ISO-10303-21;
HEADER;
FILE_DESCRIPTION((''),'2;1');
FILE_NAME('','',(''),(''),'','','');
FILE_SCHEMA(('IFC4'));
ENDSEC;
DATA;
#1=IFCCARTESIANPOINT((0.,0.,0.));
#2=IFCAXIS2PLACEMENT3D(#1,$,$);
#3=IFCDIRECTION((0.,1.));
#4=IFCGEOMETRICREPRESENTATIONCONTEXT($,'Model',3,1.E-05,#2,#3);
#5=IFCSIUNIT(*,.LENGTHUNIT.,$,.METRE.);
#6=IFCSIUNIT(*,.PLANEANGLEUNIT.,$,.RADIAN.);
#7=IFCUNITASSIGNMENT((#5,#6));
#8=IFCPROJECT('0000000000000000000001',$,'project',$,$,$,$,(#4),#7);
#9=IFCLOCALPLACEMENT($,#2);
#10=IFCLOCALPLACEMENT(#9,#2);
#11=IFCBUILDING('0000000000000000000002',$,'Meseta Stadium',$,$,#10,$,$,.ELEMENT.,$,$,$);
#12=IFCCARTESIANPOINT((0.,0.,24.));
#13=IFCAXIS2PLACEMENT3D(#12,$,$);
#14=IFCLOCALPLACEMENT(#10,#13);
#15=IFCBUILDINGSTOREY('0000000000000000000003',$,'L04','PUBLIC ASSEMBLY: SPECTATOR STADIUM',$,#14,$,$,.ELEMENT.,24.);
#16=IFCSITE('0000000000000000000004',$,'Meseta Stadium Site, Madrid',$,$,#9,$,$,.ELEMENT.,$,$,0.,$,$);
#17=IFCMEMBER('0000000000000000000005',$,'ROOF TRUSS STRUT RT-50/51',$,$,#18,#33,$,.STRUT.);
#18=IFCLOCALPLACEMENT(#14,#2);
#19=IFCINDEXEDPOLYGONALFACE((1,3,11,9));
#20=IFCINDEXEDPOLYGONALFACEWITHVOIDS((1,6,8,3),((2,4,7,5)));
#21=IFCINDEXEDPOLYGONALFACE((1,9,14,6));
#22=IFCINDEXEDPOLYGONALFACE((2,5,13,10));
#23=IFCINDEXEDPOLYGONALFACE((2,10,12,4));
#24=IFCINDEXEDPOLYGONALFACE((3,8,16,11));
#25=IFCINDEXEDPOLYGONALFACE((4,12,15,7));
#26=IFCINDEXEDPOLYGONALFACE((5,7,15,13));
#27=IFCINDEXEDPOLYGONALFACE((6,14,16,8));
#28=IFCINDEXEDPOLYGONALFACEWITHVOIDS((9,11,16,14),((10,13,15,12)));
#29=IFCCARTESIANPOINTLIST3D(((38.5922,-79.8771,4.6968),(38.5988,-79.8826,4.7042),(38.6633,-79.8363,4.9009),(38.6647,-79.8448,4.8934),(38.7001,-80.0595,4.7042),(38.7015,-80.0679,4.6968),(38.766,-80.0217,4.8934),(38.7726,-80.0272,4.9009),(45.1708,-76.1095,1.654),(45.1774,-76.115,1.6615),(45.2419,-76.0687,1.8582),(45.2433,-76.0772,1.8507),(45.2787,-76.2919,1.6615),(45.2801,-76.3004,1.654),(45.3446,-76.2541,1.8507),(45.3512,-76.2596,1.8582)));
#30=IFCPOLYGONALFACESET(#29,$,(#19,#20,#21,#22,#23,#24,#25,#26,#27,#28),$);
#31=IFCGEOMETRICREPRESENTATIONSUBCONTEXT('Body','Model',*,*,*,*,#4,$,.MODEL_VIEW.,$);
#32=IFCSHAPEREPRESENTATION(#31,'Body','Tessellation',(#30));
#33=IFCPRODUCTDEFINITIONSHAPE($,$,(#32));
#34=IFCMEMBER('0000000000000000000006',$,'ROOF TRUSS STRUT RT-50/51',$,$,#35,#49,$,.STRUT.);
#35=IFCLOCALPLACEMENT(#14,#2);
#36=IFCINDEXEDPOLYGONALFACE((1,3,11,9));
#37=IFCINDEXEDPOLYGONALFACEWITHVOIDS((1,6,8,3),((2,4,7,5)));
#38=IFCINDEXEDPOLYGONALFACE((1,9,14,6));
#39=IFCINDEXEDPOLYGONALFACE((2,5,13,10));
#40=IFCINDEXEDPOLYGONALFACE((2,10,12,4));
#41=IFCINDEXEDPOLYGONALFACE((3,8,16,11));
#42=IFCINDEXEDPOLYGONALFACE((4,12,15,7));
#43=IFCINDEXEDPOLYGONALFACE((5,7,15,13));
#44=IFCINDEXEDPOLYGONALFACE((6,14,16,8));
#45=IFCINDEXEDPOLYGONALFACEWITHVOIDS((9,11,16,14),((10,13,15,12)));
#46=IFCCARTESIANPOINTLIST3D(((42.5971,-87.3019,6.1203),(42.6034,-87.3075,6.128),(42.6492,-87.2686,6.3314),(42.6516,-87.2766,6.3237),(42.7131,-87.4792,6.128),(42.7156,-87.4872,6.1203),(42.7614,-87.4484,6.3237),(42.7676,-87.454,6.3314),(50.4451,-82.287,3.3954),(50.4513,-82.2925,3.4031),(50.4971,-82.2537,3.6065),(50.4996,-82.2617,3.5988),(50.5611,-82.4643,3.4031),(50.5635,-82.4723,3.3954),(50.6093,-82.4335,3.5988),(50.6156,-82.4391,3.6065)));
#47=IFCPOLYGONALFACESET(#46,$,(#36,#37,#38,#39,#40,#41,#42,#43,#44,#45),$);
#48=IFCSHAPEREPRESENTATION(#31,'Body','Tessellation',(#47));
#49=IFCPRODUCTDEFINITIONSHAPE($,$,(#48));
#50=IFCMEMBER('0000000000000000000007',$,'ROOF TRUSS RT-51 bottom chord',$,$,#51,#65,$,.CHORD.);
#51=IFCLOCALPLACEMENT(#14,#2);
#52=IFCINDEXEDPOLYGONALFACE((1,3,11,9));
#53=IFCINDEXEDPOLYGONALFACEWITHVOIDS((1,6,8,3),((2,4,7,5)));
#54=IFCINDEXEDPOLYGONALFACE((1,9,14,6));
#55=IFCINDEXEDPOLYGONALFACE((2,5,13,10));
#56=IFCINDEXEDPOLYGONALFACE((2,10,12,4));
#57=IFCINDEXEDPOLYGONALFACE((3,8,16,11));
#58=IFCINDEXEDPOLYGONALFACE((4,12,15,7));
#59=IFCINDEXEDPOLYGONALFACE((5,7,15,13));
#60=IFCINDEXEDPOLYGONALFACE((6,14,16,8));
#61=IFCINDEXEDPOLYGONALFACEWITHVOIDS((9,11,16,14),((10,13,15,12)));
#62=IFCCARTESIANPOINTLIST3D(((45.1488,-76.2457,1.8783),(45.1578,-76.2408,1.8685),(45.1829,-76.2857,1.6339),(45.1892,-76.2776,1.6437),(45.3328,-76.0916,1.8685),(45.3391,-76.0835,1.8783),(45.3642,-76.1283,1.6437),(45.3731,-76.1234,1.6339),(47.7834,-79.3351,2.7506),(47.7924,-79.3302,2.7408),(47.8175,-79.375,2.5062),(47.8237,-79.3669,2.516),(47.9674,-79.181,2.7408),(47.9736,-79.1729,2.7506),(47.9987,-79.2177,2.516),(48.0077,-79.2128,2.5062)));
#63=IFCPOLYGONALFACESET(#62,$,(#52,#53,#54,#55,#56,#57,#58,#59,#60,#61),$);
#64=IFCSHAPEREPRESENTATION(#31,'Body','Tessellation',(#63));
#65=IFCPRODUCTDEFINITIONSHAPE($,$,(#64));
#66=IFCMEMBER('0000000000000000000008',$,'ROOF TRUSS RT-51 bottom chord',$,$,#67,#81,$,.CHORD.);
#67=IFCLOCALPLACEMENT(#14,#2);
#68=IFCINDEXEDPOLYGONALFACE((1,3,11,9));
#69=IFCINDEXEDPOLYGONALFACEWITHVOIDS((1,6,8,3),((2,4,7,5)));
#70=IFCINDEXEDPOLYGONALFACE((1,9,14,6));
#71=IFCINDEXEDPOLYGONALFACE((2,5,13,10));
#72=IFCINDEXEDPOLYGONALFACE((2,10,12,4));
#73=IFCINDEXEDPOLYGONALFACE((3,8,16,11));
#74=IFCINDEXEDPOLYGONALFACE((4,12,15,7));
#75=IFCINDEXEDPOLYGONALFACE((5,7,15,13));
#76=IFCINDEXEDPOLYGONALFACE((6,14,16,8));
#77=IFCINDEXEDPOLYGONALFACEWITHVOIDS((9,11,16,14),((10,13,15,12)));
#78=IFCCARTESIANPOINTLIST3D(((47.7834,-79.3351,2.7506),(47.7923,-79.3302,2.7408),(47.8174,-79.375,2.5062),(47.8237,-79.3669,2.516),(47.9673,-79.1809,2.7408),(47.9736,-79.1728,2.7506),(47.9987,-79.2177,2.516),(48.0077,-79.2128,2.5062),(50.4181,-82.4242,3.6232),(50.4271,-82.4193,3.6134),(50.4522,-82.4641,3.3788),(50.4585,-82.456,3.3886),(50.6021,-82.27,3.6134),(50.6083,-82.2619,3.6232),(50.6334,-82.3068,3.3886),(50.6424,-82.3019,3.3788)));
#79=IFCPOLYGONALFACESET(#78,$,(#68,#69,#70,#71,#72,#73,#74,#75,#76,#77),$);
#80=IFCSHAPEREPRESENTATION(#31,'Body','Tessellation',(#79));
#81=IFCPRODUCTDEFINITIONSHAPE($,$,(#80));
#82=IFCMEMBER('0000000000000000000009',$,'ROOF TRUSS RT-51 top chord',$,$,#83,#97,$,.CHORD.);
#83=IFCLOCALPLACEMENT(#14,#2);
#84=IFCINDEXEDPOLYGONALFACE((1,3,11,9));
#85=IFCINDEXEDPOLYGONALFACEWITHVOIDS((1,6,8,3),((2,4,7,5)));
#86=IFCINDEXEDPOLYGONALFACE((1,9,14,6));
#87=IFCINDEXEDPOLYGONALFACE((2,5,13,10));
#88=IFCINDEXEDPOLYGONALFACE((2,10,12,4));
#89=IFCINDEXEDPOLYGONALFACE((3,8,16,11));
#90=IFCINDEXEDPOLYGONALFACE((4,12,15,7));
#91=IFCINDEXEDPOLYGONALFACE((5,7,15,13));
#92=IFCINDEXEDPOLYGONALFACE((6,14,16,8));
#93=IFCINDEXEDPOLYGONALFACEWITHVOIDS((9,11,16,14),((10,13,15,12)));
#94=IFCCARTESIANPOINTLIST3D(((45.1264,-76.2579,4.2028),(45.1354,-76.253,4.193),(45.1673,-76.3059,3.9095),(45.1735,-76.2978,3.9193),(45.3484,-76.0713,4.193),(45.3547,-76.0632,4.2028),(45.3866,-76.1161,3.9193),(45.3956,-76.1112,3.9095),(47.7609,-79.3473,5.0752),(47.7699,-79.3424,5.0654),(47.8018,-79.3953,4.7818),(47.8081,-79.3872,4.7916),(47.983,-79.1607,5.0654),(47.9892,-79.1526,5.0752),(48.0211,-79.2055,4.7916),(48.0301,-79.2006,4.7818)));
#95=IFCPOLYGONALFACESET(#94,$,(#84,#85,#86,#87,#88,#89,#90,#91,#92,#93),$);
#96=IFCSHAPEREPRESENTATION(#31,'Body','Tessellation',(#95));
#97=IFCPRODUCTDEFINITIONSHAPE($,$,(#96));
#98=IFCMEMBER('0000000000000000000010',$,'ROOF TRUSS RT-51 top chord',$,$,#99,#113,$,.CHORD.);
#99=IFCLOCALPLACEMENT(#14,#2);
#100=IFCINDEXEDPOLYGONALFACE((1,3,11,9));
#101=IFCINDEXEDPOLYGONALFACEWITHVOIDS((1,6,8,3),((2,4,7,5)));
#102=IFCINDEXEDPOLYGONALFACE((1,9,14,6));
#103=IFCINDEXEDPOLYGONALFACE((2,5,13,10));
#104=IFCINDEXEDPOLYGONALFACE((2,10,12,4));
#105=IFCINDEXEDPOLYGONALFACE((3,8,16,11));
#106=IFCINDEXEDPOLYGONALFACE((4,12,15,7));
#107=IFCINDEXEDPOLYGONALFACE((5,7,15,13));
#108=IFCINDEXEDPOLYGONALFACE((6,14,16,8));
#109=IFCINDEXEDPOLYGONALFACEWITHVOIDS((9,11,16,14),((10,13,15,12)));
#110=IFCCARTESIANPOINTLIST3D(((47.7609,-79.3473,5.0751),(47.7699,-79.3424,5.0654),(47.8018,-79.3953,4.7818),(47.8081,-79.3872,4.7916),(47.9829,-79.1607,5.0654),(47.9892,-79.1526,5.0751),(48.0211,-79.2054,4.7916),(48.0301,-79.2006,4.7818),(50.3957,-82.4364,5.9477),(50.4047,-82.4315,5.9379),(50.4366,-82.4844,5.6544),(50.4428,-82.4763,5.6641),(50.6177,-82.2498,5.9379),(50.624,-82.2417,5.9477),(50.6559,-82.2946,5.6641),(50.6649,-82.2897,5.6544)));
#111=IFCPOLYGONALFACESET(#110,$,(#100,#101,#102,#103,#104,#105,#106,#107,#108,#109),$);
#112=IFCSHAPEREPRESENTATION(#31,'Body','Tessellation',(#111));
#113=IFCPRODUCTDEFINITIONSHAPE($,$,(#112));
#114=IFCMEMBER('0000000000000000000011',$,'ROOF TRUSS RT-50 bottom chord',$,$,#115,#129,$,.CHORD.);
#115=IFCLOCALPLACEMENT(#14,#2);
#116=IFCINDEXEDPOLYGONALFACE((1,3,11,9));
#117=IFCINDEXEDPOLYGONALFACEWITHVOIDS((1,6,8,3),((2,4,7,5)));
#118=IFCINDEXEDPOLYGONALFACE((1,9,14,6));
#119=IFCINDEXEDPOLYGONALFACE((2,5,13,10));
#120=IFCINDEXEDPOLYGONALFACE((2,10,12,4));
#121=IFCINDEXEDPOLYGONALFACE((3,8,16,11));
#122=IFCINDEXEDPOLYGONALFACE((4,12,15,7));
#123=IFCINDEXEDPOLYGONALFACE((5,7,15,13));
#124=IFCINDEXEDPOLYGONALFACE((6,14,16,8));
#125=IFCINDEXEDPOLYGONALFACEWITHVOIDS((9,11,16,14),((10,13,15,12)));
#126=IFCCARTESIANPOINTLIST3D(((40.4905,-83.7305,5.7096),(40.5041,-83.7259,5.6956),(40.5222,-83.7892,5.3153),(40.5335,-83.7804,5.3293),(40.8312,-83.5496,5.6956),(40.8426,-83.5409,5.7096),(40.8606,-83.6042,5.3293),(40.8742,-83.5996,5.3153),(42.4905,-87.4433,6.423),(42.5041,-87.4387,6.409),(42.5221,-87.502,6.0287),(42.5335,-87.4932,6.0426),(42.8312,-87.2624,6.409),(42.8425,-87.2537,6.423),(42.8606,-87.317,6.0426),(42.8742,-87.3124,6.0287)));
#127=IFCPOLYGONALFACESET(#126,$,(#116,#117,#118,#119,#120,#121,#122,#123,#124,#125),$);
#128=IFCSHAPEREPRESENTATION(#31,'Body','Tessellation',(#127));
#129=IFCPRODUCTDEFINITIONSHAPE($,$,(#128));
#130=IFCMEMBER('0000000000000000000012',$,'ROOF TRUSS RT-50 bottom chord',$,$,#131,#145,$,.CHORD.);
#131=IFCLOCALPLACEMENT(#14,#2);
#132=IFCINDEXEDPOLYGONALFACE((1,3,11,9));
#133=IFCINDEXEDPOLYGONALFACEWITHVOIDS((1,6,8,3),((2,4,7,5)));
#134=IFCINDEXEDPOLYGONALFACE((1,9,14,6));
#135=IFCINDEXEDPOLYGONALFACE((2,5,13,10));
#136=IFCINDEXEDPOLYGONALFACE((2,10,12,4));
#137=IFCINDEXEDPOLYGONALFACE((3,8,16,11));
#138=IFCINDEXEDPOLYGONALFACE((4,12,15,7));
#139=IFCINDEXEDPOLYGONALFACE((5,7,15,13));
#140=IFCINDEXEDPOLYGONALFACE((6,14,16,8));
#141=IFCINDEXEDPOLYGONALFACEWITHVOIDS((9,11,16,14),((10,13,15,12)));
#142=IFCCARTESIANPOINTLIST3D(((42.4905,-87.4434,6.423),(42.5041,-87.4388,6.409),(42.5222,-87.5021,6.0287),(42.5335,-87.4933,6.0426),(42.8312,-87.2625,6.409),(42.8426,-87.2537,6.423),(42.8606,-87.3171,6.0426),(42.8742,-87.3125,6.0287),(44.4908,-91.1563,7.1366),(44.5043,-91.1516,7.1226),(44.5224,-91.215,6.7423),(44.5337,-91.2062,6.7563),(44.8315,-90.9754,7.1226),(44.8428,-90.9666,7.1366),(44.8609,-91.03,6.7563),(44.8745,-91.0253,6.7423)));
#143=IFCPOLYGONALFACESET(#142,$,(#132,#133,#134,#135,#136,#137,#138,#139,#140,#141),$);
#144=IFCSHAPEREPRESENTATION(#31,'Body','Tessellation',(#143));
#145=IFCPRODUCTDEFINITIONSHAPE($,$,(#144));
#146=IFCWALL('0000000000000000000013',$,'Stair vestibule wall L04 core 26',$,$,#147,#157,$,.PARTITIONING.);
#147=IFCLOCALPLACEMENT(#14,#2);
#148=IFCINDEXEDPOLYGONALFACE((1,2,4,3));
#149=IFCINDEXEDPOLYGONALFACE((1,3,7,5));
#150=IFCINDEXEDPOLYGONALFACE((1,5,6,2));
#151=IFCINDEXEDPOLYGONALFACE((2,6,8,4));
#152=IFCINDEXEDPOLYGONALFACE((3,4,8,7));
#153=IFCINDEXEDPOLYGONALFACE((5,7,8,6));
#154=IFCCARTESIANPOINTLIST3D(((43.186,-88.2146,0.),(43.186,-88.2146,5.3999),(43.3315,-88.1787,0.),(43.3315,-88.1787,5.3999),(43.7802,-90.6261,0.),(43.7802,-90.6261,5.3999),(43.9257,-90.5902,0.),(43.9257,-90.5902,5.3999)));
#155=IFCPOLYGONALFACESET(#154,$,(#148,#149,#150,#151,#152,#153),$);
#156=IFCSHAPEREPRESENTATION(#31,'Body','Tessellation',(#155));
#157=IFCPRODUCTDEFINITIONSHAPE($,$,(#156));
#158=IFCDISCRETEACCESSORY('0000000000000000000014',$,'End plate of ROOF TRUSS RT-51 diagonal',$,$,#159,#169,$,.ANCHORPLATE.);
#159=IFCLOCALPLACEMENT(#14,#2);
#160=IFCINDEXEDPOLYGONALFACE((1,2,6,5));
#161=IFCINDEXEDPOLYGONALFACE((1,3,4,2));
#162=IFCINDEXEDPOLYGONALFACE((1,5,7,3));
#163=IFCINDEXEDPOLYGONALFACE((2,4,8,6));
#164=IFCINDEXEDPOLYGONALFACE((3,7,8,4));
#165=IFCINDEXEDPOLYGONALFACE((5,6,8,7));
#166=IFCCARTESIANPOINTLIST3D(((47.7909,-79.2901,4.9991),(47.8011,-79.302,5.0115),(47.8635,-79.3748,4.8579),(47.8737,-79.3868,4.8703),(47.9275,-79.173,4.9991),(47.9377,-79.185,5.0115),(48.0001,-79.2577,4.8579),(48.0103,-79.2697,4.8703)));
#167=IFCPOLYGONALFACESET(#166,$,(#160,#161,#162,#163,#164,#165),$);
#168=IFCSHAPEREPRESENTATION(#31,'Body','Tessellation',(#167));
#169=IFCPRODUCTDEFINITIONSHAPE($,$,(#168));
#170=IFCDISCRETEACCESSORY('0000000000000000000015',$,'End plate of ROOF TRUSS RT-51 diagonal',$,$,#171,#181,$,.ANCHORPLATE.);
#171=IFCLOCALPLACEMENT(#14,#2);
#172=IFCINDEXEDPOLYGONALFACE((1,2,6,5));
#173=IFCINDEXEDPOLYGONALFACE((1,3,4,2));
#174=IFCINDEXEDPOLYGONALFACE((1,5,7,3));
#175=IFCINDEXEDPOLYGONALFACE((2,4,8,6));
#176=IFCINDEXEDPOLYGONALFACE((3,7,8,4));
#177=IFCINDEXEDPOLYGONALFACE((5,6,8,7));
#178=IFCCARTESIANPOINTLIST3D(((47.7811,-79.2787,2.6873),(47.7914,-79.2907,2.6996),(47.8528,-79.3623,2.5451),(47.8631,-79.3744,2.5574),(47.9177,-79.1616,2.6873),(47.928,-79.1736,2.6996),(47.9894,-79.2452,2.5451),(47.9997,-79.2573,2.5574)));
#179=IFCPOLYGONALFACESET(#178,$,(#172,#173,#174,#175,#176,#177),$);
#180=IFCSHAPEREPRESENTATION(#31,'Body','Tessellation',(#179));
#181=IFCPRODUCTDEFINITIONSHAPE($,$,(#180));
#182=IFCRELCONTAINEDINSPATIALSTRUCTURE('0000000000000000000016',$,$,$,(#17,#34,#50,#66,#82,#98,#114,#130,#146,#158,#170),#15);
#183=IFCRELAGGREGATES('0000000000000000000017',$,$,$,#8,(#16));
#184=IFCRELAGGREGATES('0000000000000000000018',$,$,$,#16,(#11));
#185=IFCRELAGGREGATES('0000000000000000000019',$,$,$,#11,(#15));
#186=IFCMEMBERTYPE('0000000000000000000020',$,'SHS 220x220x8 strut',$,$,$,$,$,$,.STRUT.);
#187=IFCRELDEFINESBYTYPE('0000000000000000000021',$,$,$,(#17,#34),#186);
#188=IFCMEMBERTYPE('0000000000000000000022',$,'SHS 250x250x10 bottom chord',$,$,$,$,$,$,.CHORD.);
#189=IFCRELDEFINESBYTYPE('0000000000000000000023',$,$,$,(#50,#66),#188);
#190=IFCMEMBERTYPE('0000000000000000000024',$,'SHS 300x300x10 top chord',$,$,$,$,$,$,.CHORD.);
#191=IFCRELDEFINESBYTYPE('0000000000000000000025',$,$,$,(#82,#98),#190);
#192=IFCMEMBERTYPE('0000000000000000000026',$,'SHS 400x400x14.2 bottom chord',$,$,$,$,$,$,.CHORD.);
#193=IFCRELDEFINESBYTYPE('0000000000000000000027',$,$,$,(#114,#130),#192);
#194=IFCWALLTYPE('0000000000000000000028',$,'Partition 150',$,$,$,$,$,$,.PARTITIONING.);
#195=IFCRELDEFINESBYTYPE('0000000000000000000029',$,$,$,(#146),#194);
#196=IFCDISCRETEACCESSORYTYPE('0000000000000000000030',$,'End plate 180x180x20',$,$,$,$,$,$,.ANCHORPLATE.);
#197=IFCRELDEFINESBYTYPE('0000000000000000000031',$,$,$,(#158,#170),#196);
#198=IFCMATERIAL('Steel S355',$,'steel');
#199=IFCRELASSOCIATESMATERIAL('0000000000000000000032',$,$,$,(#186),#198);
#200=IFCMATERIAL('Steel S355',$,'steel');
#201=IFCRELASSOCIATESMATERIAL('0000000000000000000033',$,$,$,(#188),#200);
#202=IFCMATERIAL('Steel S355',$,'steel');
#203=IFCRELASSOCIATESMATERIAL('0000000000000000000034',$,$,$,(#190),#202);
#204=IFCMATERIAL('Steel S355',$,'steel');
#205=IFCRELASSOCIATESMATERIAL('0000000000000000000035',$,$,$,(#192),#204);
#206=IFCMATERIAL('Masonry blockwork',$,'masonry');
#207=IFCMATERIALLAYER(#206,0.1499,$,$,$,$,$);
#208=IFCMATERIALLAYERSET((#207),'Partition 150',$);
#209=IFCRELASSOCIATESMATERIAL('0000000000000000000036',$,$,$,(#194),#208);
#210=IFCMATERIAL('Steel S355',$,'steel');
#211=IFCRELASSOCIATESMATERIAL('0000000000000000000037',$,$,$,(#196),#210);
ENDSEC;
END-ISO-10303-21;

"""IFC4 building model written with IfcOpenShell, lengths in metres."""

from ifc_helpers import new_model, si_unit, direction, frame, frame_2d, origin, origin_2d, place, context, subcontext, project, spatial, rectangle, hollow_rectangle, extrude, material, layer, layer_set, material_profile, profile_set, type_object, element, save


model = new_model("IFC4")

# Units and contexts
model_context = context("Model", 3, precision=1e-05, world=origin(), true_north=direction((0.0, 1.0)))
body_context = subcontext(model_context, "Body", "Model", "MODEL_VIEW")
ifc_project = project(units=[si_unit("LENGTHUNIT", "METRE"), si_unit("PLANEANGLEUNIT", "RADIAN")], contexts=[model_context])

# Site, building, storey
site_placement = place(None, origin())
site = spatial("IfcSite", under=ifc_project, at=site_placement, Name="Meseta Stadium Site, Madrid", CompositionType="ELEMENT", RefElevation=0.0)
building_placement = place(site_placement, origin())
building = spatial("IfcBuilding", under=site, at=building_placement, Name="Meseta Stadium", CompositionType="ELEMENT")
storey_placement = place(building_placement, frame((0.0, 0.0, 24.0)))
storey = spatial("IfcBuildingStorey", under=building, at=storey_placement, Name="L04", Description="PUBLIC ASSEMBLY: SPECTATOR STADIUM", CompositionType="ELEMENT", Elevation=24.0)

# Members
ifc_material_1 = material(Name="Steel S355", Category="steel")
ifc_material_profile_1 = material_profile(ifc_material_1, hollow_rectangle(XDim=0.22, YDim=0.22, WallThickness=0.0081, at=origin_2d()), Name="SHS 220x220x8")
ifc_profile_set_1 = profile_set([ifc_material_profile_1], Name="Steel S355")
member_type_1 = type_object("IfcMemberType", Name="SHS 220x220x8 strut", PredefinedType="STRUT", material=ifc_profile_set_1)
member_1_placement = place(storey_placement, frame((38.6824, -79.9521, 4.7988), z_axis=(0.805324, 0.46121, -0.372477), x_axis=(-0.496971, 0.867767, 0.0)))
element("IfcMember", 1, at=member_1_placement, inside=storey, type_object=member_type_1, Name="ROOF TRUSS STRUT RT-50/51", PredefinedType="STRUT", context=body_context, shape_type="SweptSolid", body=[
    extrude(hollow_rectangle(XDim=0.22, YDim=0.22, WallThickness=0.0081, at=origin_2d()), origin(), (0.0, 0.0, 1.0), 8.1689),
])
member_2_placement = place(storey_placement, frame((42.6824, -87.3779, 6.2258), z_axis=(0.808746, 0.516797, -0.280803), x_axis=(-0.538462, 0.84265, 0.0)))
element("IfcMember", 2, at=member_2_placement, inside=storey, type_object=member_type_1, Name="ROOF TRUSS STRUT RT-50/51", PredefinedType="STRUT", context=body_context, shape_type="SweptSolid", body=[
    extrude(hollow_rectangle(XDim=0.22, YDim=0.22, WallThickness=0.0081, at=origin_2d()), origin(), (0.0, 0.0, 1.0), 9.7039),
])
ifc_material_2 = material(Name="Steel S355", Category="steel")
ifc_material_profile_2 = material_profile(ifc_material_2, hollow_rectangle(XDim=0.25, YDim=0.25, WallThickness=0.01, at=origin_2d()), Name="SHS 250x250x10")
ifc_profile_set_2 = profile_set([ifc_material_profile_2], Name="Steel S355")
member_type_2 = type_object("IfcMemberType", Name="SHS 250x250x10 bottom chord", PredefinedType="CHORD", material=ifc_profile_set_2)
for number, where, z_axis, x_axis, name in (
    (3, (45.261, -76.1846, 1.7561), (0.634396, -0.743921, 0.210054), (0.760897, 0.648873, 0.0), "ROOF TRUSS RT-51 bottom chord"),
    (4, (47.8955, -79.2739, 2.6284), (0.634451, -0.743858, 0.210112), (0.760842, 0.648937, 0.0), "ROOF TRUSS RT-51 bottom chord"),
):
    element("IfcMember", number, at=place(storey_placement, frame(where, z_axis=z_axis, x_axis=x_axis)), inside=storey, type_object=member_type_2, Name=name, PredefinedType="CHORD", context=body_context, shape_type="SweptSolid", body=[
        extrude(hollow_rectangle(XDim=0.25, YDim=0.25, WallThickness=0.01, at=origin_2d()), origin(), (0.0, 0.0, 1.0), 4.1528),
    ])
ifc_material_3 = material(Name="Steel S355", Category="steel")
ifc_material_profile_3 = material_profile(ifc_material_3, hollow_rectangle(XDim=0.3, YDim=0.3, WallThickness=0.01, at=origin_2d()), Name="SHS 300x300x10")
ifc_profile_set_3 = profile_set([ifc_material_profile_3], Name="Steel S355")
member_type_3 = type_object("IfcMemberType", Name="SHS 300x300x10 top chord", PredefinedType="CHORD", material=ifc_profile_set_3)
for number, where, z_axis, x_axis, name in (
    (5, (45.261, -76.1846, 4.0562), (0.634396, -0.743921, 0.210054), (0.760897, 0.648873, 0.0), "ROOF TRUSS RT-51 top chord"),
    (6, (47.8955, -79.2739, 4.9285), (0.634451, -0.743858, 0.210112), (0.760842, 0.648937, 0.0), "ROOF TRUSS RT-51 top chord"),
):
    element("IfcMember", number, at=place(storey_placement, frame(where, z_axis=z_axis, x_axis=x_axis)), inside=storey, type_object=member_type_3, Name=name, PredefinedType="CHORD", context=body_context, shape_type="SweptSolid", body=[
        extrude(hollow_rectangle(XDim=0.3, YDim=0.3, WallThickness=0.01, at=origin_2d()), origin(), (0.0, 0.0, 1.0), 4.1528),
    ])
ifc_material_4 = material(Name="Steel S355", Category="steel")
ifc_material_profile_4 = material_profile(ifc_material_4, hollow_rectangle(XDim=0.3999, YDim=0.3999, WallThickness=0.0142, at=origin_2d()), Name="SHS 400x400x14.2")
ifc_profile_set_4 = profile_set([ifc_material_profile_4], Name="Steel S355")
member_type_4 = type_object("IfcMemberType", Name="SHS 400x400x14.2 bottom chord", PredefinedType="CHORD", material=ifc_profile_set_4)
member_3_placement = place(storey_placement, frame((40.6824, -83.665, 5.5125), z_axis=(0.467595, -0.868065, 0.166786), x_axis=(0.880397, 0.474238, 0.0)))
element("IfcMember", 7, at=member_3_placement, inside=storey, type_object=member_type_4, Name="ROOF TRUSS RT-50 bottom chord", PredefinedType="CHORD", context=body_context, shape_type="SweptSolid", body=[
    extrude(hollow_rectangle(XDim=0.3999, YDim=0.3999, WallThickness=0.0142, at=origin_2d()), origin(), (0.0, 0.0, 1.0), 4.2771),
])
member_4_placement = place(storey_placement, frame((42.6824, -87.3779, 6.2258), z_axis=(0.467635, -0.868034, 0.166837), x_axis=(0.880373, 0.474283, 0.0)))
element("IfcMember", 8, at=member_4_placement, inside=storey, type_object=member_type_4, Name="ROOF TRUSS RT-50 bottom chord", PredefinedType="CHORD", context=body_context, shape_type="SweptSolid", body=[
    extrude(hollow_rectangle(XDim=0.3999, YDim=0.3999, WallThickness=0.0142, at=origin_2d()), origin(), (0.0, 0.0, 1.0), 4.2773),
])

# Wall
ifc_material_5 = material(Name="Masonry blockwork", Category="masonry")
ifc_layer = layer(ifc_material_5, 0.1499)
ifc_layer_set = layer_set([ifc_layer], Name="Partition 150")
wall_type = type_object("IfcWallType", Name="Partition 150", PredefinedType="PARTITIONING", material=ifc_layer_set)
wall_placement = place(storey_placement, frame((43.2588, -88.1968, 0.0), z_axis=(0.0, 0.0, 1.0), x_axis=(0.23925, -0.970958, 0.0)))
element("IfcWall", 9, at=wall_placement, inside=storey, type_object=wall_type, Name="Stair vestibule wall L04 core 26", PredefinedType="PARTITIONING", context=body_context, shape_type="SweptSolid", body=[
    extrude(rectangle(XDim=2.4836, YDim=0.1499, at=frame_2d((1.2417, 0.0))), origin(), (0.0, 0.0, 1.0), 5.3999),
])

# Discrete accessories
ifc_material_6 = material(Name="Steel S355", Category="steel")
ifc_material_profile_5 = material_profile(ifc_material_6, rectangle(XDim=0.1799, YDim=0.1799, at=origin_2d()), Name="PL 180x180")
ifc_profile_set_5 = profile_set([ifc_material_profile_5], Name="Steel S355")
discrete_accessory_type_1 = type_object("IfcDiscreteAccessoryType", Name="End plate 180x180x20", PredefinedType="ANCHORPLATE", material=ifc_profile_set_5)
for number, where, z_axis, x_axis, name in (
    (10, (47.8955, -79.2739, 4.9285), (0.510603, -0.595703, 0.620018), (0.759257, 0.650791, 0.0), "End plate of ROOF TRUSS RT-51 diagonal"),
    (11, (47.8853, -79.262, 2.6162), (0.514457, -0.6002, 0.612449), (0.759257, 0.650791, 0.0), "End plate of ROOF TRUSS RT-51 diagonal"),
):
    element("IfcDiscreteAccessory", number, at=place(storey_placement, frame(where, z_axis=z_axis, x_axis=x_axis)), inside=storey, type_object=discrete_accessory_type_1, Name=name, PredefinedType="ANCHORPLATE", context=body_context, shape_type="SweptSolid", body=[
        extrude(rectangle(XDim=0.1799, YDim=0.1799, at=origin_2d()), origin(), (0.0, 0.0, 1.0), 0.02),
    ])

save(model, "model.ifc")
